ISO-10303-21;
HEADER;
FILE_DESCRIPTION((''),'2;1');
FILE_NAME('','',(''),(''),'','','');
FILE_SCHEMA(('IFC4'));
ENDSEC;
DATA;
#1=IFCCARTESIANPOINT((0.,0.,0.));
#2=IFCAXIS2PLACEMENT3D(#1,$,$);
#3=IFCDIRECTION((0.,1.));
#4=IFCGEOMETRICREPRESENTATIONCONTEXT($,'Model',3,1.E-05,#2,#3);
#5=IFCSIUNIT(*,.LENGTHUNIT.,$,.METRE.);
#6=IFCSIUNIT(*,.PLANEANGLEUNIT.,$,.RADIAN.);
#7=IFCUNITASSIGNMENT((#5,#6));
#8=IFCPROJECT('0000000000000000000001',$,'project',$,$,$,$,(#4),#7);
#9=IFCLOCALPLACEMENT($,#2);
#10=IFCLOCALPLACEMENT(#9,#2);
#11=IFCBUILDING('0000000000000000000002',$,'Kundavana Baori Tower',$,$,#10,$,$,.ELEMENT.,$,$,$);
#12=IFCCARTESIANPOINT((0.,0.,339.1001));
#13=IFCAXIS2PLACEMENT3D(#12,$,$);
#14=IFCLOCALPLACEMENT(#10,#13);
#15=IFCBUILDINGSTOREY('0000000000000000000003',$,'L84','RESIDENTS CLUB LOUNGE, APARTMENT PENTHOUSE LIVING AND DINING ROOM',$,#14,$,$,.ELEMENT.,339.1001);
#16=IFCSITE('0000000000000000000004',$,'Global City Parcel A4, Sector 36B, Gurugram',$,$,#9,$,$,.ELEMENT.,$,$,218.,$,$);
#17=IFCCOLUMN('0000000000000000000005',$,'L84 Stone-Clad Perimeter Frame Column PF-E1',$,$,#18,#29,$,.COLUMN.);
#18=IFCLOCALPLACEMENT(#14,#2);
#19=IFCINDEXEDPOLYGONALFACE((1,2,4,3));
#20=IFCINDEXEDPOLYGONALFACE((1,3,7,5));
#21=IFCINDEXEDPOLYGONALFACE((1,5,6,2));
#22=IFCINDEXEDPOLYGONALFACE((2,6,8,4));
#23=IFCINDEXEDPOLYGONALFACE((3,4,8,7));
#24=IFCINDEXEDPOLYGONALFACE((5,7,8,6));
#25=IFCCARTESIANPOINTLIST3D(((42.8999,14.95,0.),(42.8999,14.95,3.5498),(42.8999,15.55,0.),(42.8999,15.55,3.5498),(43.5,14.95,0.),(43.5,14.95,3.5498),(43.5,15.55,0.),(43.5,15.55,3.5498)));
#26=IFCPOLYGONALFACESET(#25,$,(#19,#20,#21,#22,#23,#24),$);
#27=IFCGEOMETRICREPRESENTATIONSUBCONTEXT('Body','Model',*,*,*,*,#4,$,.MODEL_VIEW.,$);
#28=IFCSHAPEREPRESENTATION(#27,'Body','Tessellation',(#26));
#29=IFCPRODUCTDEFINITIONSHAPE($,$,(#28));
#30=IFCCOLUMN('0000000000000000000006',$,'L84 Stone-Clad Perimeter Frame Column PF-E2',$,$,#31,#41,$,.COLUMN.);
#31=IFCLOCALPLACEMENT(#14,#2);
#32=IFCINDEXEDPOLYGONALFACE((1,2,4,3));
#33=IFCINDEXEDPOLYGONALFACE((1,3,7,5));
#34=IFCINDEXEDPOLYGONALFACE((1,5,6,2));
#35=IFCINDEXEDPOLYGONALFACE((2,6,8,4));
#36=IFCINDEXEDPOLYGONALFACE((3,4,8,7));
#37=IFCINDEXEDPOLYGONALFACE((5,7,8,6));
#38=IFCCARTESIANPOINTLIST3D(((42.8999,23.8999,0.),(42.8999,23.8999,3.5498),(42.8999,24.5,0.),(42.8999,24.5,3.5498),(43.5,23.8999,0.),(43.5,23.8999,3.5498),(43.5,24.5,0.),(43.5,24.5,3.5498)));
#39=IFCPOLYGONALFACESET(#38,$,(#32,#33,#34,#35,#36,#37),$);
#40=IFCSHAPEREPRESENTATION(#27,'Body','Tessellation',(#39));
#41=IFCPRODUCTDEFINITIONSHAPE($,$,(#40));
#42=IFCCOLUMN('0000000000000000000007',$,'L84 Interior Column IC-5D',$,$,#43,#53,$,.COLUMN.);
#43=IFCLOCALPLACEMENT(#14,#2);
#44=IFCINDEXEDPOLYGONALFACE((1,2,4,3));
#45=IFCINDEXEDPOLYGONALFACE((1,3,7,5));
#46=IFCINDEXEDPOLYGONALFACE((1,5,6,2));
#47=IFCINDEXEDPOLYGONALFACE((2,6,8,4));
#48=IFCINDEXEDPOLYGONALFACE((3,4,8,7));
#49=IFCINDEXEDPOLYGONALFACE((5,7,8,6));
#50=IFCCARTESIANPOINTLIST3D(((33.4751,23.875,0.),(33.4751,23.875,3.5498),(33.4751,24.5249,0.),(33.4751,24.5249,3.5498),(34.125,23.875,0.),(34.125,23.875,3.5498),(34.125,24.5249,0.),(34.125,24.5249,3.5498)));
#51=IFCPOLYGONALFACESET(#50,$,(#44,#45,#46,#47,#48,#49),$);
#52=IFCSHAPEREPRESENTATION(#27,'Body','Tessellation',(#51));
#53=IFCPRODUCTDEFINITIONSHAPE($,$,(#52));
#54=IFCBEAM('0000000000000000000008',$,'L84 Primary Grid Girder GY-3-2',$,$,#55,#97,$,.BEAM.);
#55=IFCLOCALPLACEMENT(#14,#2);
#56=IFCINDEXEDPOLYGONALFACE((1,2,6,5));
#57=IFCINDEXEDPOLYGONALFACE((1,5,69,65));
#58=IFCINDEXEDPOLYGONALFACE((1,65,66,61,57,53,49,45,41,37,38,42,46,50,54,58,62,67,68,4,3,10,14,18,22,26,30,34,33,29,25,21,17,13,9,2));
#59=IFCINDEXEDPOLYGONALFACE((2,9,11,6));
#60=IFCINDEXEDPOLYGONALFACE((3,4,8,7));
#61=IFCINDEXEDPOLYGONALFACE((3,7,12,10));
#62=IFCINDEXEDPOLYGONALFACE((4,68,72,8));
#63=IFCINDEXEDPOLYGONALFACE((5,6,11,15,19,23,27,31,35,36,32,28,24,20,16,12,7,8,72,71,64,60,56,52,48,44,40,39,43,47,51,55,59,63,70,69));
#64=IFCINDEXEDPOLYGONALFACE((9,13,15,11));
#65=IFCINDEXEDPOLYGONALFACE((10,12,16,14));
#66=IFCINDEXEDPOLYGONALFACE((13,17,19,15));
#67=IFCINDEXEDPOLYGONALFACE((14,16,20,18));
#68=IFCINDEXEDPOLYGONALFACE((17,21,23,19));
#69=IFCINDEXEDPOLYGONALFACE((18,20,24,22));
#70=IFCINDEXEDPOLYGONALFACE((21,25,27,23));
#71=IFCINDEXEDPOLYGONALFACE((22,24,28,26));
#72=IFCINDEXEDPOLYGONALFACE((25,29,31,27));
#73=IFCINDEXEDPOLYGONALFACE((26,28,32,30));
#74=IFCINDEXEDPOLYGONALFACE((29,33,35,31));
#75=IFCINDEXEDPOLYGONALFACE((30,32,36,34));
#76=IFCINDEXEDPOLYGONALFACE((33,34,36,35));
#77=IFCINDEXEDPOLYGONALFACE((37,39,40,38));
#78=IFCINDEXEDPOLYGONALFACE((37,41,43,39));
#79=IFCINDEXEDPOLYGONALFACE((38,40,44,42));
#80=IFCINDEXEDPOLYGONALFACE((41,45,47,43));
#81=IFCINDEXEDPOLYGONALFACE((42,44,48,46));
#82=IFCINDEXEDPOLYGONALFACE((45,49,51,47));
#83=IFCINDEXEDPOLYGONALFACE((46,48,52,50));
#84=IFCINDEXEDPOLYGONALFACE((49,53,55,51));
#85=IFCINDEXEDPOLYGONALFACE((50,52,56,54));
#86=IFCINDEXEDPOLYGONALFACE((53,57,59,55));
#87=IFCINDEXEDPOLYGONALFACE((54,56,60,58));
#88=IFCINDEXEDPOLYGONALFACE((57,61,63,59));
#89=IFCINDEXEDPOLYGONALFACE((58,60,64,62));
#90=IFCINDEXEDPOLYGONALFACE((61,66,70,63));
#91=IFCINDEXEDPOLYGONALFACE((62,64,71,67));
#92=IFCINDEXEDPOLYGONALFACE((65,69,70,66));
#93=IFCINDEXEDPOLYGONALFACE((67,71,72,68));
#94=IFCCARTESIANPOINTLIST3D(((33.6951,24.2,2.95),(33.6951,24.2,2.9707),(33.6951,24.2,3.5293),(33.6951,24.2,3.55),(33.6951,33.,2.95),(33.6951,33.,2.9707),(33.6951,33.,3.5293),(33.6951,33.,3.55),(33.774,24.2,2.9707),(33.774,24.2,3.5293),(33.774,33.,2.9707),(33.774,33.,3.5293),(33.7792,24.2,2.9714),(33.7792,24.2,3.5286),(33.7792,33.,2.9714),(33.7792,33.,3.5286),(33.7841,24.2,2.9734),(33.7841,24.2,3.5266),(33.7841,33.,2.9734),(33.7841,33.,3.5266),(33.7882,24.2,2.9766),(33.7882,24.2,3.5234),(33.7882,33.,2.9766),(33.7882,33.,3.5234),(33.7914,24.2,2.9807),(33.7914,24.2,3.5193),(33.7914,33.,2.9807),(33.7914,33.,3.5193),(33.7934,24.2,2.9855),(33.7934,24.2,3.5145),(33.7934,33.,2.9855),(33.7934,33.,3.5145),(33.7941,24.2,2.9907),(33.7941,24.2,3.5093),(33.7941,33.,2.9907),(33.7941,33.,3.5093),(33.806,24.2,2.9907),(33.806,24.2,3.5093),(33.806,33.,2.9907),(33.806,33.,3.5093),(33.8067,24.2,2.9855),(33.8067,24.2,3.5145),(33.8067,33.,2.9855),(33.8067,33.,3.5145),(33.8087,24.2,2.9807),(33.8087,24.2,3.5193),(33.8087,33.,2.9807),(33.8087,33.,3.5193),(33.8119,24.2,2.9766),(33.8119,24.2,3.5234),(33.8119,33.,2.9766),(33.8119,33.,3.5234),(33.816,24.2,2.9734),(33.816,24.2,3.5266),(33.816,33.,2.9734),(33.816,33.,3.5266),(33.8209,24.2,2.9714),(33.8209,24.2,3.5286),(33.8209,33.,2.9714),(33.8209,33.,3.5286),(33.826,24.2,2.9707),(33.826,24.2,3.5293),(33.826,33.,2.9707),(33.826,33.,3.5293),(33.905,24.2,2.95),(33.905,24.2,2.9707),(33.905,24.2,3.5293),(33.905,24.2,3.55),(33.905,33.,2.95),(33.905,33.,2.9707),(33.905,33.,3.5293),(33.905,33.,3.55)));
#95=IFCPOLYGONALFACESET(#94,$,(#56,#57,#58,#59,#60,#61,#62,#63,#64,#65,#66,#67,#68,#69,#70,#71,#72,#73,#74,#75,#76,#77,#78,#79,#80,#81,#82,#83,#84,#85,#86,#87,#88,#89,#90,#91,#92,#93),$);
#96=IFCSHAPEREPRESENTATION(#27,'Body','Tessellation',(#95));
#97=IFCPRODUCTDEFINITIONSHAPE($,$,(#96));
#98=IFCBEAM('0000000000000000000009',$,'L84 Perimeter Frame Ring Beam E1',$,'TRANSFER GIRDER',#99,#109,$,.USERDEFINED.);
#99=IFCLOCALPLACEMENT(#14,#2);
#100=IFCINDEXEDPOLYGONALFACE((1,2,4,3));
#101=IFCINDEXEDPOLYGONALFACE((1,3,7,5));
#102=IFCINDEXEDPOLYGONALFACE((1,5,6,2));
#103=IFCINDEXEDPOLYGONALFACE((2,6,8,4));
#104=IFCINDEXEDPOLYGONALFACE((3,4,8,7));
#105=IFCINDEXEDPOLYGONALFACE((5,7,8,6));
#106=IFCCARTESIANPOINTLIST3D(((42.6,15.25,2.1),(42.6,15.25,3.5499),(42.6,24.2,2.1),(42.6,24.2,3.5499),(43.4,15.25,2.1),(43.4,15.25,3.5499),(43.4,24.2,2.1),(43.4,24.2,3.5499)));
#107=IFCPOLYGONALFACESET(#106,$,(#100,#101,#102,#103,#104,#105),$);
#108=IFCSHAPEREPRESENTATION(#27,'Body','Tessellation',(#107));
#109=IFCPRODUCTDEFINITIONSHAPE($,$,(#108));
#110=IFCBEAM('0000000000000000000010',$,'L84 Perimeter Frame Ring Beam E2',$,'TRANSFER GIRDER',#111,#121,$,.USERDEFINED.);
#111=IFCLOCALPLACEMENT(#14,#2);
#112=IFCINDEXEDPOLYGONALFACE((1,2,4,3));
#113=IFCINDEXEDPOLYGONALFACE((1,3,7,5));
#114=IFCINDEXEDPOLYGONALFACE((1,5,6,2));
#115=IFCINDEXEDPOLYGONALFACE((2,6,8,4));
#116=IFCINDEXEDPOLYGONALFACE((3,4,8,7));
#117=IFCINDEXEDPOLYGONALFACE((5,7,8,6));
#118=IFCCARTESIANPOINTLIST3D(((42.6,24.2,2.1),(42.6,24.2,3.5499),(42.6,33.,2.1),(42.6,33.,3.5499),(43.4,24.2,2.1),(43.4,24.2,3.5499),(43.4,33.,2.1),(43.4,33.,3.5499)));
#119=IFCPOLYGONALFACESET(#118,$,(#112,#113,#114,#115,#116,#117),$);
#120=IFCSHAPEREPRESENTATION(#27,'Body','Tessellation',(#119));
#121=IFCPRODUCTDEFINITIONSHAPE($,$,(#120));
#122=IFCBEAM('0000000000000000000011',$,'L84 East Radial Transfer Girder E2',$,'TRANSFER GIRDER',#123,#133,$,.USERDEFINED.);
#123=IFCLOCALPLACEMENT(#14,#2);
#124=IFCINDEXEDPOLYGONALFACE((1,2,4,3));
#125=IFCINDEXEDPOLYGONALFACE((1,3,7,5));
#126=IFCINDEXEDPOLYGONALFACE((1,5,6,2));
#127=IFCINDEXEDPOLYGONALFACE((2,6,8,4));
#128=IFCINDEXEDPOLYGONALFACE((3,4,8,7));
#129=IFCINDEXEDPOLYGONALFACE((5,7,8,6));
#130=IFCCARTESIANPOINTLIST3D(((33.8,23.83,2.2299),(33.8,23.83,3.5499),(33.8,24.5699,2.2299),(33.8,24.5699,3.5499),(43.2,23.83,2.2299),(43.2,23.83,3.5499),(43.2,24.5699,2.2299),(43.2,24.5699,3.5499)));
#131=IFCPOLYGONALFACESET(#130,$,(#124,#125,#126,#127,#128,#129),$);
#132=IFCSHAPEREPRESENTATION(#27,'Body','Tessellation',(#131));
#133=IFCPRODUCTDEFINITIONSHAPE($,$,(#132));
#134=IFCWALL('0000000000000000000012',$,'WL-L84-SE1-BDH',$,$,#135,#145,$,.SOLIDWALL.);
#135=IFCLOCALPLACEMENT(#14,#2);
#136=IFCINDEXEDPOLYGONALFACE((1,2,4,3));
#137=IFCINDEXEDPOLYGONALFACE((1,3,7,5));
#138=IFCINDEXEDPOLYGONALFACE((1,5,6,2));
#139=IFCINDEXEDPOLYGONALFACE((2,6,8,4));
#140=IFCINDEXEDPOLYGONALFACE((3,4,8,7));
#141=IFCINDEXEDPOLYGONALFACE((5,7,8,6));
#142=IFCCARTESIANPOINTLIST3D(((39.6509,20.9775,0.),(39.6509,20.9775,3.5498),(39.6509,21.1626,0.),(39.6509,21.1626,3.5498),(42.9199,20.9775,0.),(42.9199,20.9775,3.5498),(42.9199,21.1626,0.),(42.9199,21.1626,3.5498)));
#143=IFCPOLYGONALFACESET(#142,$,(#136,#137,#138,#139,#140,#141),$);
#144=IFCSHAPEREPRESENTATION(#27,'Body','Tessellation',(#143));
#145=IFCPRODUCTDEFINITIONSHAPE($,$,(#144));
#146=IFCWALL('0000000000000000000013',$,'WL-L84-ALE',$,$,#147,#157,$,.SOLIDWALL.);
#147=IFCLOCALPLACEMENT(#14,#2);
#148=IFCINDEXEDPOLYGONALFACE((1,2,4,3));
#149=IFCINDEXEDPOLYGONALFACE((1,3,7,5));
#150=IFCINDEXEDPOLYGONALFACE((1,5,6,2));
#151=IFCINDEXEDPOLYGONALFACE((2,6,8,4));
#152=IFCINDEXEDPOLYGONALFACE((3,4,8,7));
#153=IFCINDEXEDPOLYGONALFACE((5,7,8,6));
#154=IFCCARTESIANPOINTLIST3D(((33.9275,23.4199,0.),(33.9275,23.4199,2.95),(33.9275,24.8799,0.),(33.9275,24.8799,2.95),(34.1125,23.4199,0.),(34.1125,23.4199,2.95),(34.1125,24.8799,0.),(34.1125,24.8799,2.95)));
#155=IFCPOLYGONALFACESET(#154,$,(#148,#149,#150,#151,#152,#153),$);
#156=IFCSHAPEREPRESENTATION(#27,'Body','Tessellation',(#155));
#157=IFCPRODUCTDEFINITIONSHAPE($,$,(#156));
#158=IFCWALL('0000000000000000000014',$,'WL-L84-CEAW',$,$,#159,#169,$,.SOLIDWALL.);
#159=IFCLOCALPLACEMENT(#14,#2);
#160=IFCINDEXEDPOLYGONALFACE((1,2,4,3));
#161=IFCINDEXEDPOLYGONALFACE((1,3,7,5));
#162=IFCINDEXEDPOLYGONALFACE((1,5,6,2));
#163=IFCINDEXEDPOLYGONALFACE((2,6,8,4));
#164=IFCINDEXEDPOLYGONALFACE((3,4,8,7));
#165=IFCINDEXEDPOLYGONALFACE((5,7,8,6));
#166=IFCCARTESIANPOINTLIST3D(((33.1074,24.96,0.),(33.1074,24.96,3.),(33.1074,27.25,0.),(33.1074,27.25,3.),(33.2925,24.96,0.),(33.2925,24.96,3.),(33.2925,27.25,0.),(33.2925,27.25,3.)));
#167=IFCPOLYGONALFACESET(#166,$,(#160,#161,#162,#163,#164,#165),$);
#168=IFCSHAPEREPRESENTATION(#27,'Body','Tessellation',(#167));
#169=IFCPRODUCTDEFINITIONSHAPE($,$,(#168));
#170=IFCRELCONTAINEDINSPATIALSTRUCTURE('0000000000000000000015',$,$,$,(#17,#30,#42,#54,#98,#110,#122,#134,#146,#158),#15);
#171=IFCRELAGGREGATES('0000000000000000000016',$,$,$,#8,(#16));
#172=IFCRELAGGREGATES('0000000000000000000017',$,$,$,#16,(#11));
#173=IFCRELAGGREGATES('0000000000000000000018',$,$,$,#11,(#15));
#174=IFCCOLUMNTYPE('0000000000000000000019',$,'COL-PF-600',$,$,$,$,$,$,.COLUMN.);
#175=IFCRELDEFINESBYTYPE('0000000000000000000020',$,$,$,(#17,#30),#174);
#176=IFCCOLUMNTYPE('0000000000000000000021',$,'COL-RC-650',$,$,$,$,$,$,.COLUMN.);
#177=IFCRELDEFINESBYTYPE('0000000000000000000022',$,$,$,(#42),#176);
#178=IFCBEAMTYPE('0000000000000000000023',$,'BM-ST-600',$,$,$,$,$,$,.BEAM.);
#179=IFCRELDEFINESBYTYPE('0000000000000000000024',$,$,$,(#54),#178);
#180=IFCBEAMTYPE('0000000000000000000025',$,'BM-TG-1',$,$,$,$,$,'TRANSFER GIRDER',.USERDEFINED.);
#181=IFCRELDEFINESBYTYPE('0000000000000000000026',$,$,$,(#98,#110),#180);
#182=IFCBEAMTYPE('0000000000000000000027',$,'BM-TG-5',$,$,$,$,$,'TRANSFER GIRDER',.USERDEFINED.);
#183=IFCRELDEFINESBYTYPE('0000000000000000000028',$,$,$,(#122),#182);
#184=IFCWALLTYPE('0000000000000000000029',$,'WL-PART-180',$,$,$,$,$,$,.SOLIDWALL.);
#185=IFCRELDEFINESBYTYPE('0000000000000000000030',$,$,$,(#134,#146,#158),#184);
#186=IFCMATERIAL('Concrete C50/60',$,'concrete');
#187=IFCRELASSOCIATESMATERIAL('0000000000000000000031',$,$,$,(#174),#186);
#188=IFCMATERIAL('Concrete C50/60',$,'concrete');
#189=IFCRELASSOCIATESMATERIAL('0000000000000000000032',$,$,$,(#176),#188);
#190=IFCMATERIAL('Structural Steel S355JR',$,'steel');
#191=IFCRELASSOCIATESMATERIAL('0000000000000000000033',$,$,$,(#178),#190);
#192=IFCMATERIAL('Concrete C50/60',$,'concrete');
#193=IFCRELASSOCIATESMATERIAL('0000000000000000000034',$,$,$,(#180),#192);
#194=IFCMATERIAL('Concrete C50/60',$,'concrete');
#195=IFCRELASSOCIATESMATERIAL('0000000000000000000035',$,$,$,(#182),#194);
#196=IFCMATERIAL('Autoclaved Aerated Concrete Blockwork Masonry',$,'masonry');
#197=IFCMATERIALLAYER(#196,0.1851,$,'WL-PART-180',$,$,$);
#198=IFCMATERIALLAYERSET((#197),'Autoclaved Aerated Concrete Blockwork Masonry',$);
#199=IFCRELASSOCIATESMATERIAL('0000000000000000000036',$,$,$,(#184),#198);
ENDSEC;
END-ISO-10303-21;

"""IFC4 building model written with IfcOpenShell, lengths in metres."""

from ifc_helpers import new_model, si_unit, direction, frame, frame_2d, origin, origin_2d, place, context, subcontext, project, spatial, rectangle, i_section, extrude, material, layer, layer_set, material_profile, profile_set, type_object, element, save


model = new_model("IFC4")

# Units and contexts
model_context = context("Model", 3, precision=1e-05, world=origin(), true_north=direction((0.0, 1.0)))
body_context = subcontext(model_context, "Body", "Model", "MODEL_VIEW")
ifc_project = project(units=[si_unit("LENGTHUNIT", "METRE"), si_unit("PLANEANGLEUNIT", "RADIAN")], contexts=[model_context])

# Site, building, storey
site_placement = place(None, origin())
site = spatial("IfcSite", under=ifc_project, at=site_placement, Name="Global City Parcel A4, Sector 36B, Gurugram", CompositionType="ELEMENT", RefElevation=218.0)
building_placement = place(site_placement, origin())
building = spatial("IfcBuilding", under=site, at=building_placement, Name="Kundavana Baori Tower", CompositionType="ELEMENT")
storey_placement = place(building_placement, frame((0.0, 0.0, 339.1001)))
storey = spatial("IfcBuildingStorey", under=building, at=storey_placement, Name="L84", Description="RESIDENTS CLUB LOUNGE, APARTMENT PENTHOUSE LIVING AND DINING ROOM", CompositionType="ELEMENT", Elevation=339.1001)

# Columns
ifc_material_1 = material(Name="Concrete C50/60", Category="concrete")
ifc_material_profile_1 = material_profile(ifc_material_1, rectangle(XDim=0.6001, YDim=0.6001, at=origin_2d()), Name="RC PF 600x600")
ifc_profile_set_1 = profile_set([ifc_material_profile_1], Name="Concrete C50/60")
column_type_1 = type_object("IfcColumnType", Name="COL-PF-600", PredefinedType="COLUMN", material=ifc_profile_set_1)
for number, where, z_axis, x_axis, name in (
    (1, (43.2, 15.25, 0.0), (0.0, 0.0, 1.0), (1.0, 0.0, 0.0), "L84 Stone-Clad Perimeter Frame Column PF-E1"),
    (2, (43.2, 24.2, 0.0), (0.0, 0.0, 1.0), (1.0, 0.0, 0.0), "L84 Stone-Clad Perimeter Frame Column PF-E2"),
):
    element("IfcColumn", number, at=place(storey_placement, frame(where, z_axis=z_axis, x_axis=x_axis)), inside=storey, type_object=column_type_1, Name=name, PredefinedType="COLUMN", context=body_context, shape_type="SweptSolid", body=[
        extrude(rectangle(XDim=0.6001, YDim=0.6001, at=origin_2d()), origin(), (0.0, 0.0, 1.0), 3.5498),
    ])
ifc_material_2 = material(Name="Concrete C50/60", Category="concrete")
ifc_material_profile_2 = material_profile(ifc_material_2, rectangle(XDim=0.6499, YDim=0.6499, at=origin_2d()), Name="RC 650x650")
ifc_profile_set_2 = profile_set([ifc_material_profile_2], Name="Concrete C50/60")
column_type_2 = type_object("IfcColumnType", Name="COL-RC-650", PredefinedType="COLUMN", material=ifc_profile_set_2)
column_placement = place(storey_placement, frame((33.8, 24.2, 0.0), z_axis=(0.0, 0.0, 1.0), x_axis=(1.0, 0.0, 0.0)))
element("IfcColumn", 3, at=column_placement, inside=storey, type_object=column_type_2, Name="L84 Interior Column IC-5D", PredefinedType="COLUMN", context=body_context, shape_type="SweptSolid", body=[
    extrude(rectangle(XDim=0.6499, YDim=0.6499, at=origin_2d()), origin(), (0.0, 0.0, 1.0), 3.5498),
])

# Beams
ifc_material_3 = material(Name="Structural Steel S355JR", Category="steel")
ifc_material_profile_3 = material_profile(ifc_material_3, i_section(OverallWidth=0.21, OverallDepth=0.6001, WebThickness=0.012, FlangeThickness=0.0208, FilletRadius=0.02, at=origin_2d()), Name="ISMB 600")
ifc_profile_set_3 = profile_set([ifc_material_profile_3], Name="Structural Steel S355JR")
beam_type_1 = type_object("IfcBeamType", Name="BM-ST-600", PredefinedType="BEAM", material=ifc_profile_set_3)
beam_1_placement = place(storey_placement, frame((33.8, 24.2, 3.25), z_axis=(0.0, 1.0, 0.0), x_axis=(-1.0, 0.0, 0.0)))
element("IfcBeam", 4, at=beam_1_placement, inside=storey, type_object=beam_type_1, Name="L84 Primary Grid Girder GY-3-2", PredefinedType="BEAM", context=body_context, shape_type="SweptSolid", body=[
    extrude(i_section(OverallWidth=0.21, OverallDepth=0.6001, WebThickness=0.012, FlangeThickness=0.0208, FilletRadius=0.02, at=origin_2d()), origin(), (0.0, 0.0, 1.0), 8.8),
])
ifc_material_4 = material(Name="Concrete C50/60", Category="concrete")
ifc_material_profile_4 = material_profile(ifc_material_4, rectangle(XDim=0.8, YDim=1.45, at=origin_2d()), Name="BM-TG-1")
ifc_profile_set_4 = profile_set([ifc_material_profile_4], Name="Concrete C50/60")
beam_type_2 = type_object("IfcBeamType", Name="BM-TG-1", ElementType="TRANSFER GIRDER", PredefinedType="USERDEFINED", material=ifc_profile_set_4)
beam_2_placement = place(storey_placement, frame((43.0, 15.25, 2.825), z_axis=(0.0, 1.0, 0.0), x_axis=(-1.0, 0.0, 0.0)))
element("IfcBeam", 5, at=beam_2_placement, inside=storey, type_object=beam_type_2, Name="L84 Perimeter Frame Ring Beam E1", ObjectType="TRANSFER GIRDER", PredefinedType="USERDEFINED", context=body_context, shape_type="SweptSolid", body=[
    extrude(rectangle(XDim=0.8, YDim=1.45, at=origin_2d()), origin(), (0.0, 0.0, 1.0), 8.95),
])
beam_3_placement = place(storey_placement, frame((43.0, 24.2, 2.825), z_axis=(0.0, 1.0, 0.0), x_axis=(-1.0, 0.0, 0.0)))
element("IfcBeam", 6, at=beam_3_placement, inside=storey, type_object=beam_type_2, Name="L84 Perimeter Frame Ring Beam E2", ObjectType="TRANSFER GIRDER", PredefinedType="USERDEFINED", context=body_context, shape_type="SweptSolid", body=[
    extrude(rectangle(XDim=0.8, YDim=1.45, at=origin_2d()), origin(), (0.0, 0.0, 1.0), 8.8),
])
ifc_material_5 = material(Name="Concrete C50/60", Category="concrete")
ifc_material_profile_5 = material_profile(ifc_material_5, rectangle(XDim=0.74, YDim=1.3201, at=origin_2d()), Name="BM-TG-5")
ifc_profile_set_5 = profile_set([ifc_material_profile_5], Name="Concrete C50/60")
beam_type_3 = type_object("IfcBeamType", Name="BM-TG-5", ElementType="TRANSFER GIRDER", PredefinedType="USERDEFINED", material=ifc_profile_set_5)
beam_4_placement = place(storey_placement, frame((33.8, 24.2, 2.8899), z_axis=(1.0, 0.0, 0.0), x_axis=(0.0, 1.0, 0.0)))
element("IfcBeam", 7, at=beam_4_placement, inside=storey, type_object=beam_type_3, Name="L84 East Radial Transfer Girder E2", ObjectType="TRANSFER GIRDER", PredefinedType="USERDEFINED", context=body_context, shape_type="SweptSolid", body=[
    extrude(rectangle(XDim=0.74, YDim=1.3201, at=origin_2d()), origin(), (0.0, 0.0, 1.0), 9.3999),
])

# Walls
ifc_material_6 = material(Name="Autoclaved Aerated Concrete Blockwork Masonry", Category="masonry")
ifc_layer_1 = layer(ifc_material_6, 0.1851, Name="WL-PART-180")
ifc_layer_set_1 = layer_set([ifc_layer_1], Name="Autoclaved Aerated Concrete Blockwork Masonry")
wall_type_1 = type_object("IfcWallType", Name="WL-PART-180", PredefinedType="SOLIDWALL", material=ifc_layer_set_1)
wall_1_placement = place(storey_placement, frame((39.6509, 21.0701, 0.0), z_axis=(0.0, 0.0, 1.0), x_axis=(1.0, 0.0, 0.0)))
element("IfcWall", 8, at=wall_1_placement, inside=storey, type_object=wall_type_1, Name="WL-L84-SE1-BDH", PredefinedType="SOLIDWALL", context=body_context, shape_type="SweptSolid", body=[
    extrude(rectangle(XDim=3.269, YDim=0.1851, at=frame_2d((1.6345, 0.0))), origin(), (0.0, 0.0, 1.0), 3.5498),
])
wall_2_placement = place(storey_placement, frame((34.02, 23.4199, 0.0), z_axis=(0.0, 0.0, 1.0), x_axis=(0.0, 1.0, 0.0)))
element("IfcWall", 9, at=wall_2_placement, inside=storey, type_object=wall_type_1, Name="WL-L84-ALE", PredefinedType="SOLIDWALL", context=body_context, shape_type="SweptSolid", body=[
    extrude(rectangle(XDim=1.46, YDim=0.1851, at=frame_2d((0.73, 0.0))), origin(), (0.0, 0.0, 1.0), 2.95),
])
wall_3_placement = place(storey_placement, frame((33.2, 24.96, 0.0), z_axis=(0.0, 0.0, 1.0), x_axis=(0.0, 1.0, 0.0)))
element("IfcWall", 10, at=wall_3_placement, inside=storey, type_object=wall_type_1, Name="WL-L84-CEAW", PredefinedType="SOLIDWALL", context=body_context, shape_type="SweptSolid", body=[
    extrude(rectangle(XDim=2.29, YDim=0.1851, at=frame_2d((1.145, 0.0))), origin(), (0.0, 0.0, 1.0), 3.0),
])

save(model, "model.ifc")
